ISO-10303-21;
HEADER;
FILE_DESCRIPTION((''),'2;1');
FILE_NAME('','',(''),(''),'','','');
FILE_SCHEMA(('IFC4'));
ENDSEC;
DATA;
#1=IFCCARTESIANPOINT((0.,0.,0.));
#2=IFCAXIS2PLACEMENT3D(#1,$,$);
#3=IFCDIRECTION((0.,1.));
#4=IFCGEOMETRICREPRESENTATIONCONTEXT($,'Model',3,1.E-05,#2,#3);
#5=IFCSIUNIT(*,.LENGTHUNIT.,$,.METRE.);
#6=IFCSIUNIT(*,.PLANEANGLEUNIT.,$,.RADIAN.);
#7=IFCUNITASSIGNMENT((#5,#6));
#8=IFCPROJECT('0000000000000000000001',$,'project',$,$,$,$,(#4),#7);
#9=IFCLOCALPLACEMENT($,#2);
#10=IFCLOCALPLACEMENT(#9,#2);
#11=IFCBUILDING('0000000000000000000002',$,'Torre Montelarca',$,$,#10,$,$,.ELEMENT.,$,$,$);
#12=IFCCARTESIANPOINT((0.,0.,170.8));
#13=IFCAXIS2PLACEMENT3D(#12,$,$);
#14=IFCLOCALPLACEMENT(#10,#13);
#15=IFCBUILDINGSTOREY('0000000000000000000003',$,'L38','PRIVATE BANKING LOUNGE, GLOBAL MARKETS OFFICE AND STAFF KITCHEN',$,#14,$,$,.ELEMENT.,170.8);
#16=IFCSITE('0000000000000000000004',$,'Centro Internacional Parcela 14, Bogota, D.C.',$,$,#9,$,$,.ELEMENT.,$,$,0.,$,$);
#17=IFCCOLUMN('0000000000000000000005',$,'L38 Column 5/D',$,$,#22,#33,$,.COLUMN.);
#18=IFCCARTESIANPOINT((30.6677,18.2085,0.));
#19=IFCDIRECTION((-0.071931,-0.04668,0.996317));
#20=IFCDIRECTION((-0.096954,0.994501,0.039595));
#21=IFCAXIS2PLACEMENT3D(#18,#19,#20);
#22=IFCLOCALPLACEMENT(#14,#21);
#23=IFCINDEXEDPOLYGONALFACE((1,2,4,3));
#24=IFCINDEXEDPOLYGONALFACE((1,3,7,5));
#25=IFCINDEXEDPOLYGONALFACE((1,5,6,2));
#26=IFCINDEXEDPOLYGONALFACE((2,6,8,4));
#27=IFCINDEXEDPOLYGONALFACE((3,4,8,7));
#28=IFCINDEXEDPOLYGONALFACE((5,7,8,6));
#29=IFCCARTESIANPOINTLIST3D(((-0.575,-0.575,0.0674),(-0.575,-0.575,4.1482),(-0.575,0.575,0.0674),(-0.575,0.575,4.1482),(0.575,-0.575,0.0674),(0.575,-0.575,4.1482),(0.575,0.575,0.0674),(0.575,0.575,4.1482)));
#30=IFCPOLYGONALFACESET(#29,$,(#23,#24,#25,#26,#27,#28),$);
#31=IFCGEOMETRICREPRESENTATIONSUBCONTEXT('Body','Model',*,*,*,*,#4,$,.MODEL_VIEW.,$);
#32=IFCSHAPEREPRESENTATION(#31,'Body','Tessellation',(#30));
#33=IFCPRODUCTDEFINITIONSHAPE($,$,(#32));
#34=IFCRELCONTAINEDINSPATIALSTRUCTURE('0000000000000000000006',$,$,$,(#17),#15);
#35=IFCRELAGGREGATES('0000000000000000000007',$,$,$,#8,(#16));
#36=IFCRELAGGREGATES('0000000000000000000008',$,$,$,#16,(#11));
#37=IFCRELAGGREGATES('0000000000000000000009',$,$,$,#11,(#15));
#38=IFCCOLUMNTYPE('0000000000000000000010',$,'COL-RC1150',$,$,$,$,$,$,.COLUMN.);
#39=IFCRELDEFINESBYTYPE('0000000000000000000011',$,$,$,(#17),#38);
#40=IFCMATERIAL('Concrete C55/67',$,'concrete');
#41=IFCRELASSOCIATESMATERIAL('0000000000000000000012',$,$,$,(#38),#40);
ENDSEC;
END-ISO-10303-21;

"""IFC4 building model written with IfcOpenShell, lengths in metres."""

from ifc_helpers import new_model, si_unit, direction, frame, origin, origin_2d, place, context, subcontext, project, spatial, rectangle, extrude, clip, halfspace, material, material_profile, profile_set, type_object, element, save


model = new_model("IFC4")

# Units and contexts
model_context = context("Model", 3, precision=1e-05, world=origin(), true_north=direction((0.0, 1.0)))
body_context = subcontext(model_context, "Body", "Model", "MODEL_VIEW")
ifc_project = project(units=[si_unit("LENGTHUNIT", "METRE"), si_unit("PLANEANGLEUNIT", "RADIAN")], contexts=[model_context])

# Site, building, storey
site_placement = place(None, origin())
site = spatial("IfcSite", under=ifc_project, at=site_placement, Name="Centro Internacional Parcela 14, Bogota, D.C.", CompositionType="ELEMENT", RefElevation=0.0)
building_placement = place(site_placement, origin())
building = spatial("IfcBuilding", under=site, at=building_placement, Name="Torre Montelarca", CompositionType="ELEMENT")
storey_placement = place(building_placement, frame((0.0, 0.0, 170.8)))
storey = spatial("IfcBuildingStorey", under=building, at=storey_placement, Name="L38", Description="PRIVATE BANKING LOUNGE, GLOBAL MARKETS OFFICE AND STAFF KITCHEN", CompositionType="ELEMENT", Elevation=170.8)

# Column
ifc_material_1 = material(Name="Concrete C55/67", Category="concrete")
ifc_material_profile_1 = material_profile(ifc_material_1, rectangle(XDim=1.1499, YDim=1.1499, at=origin_2d()), Name="RC1150X1150", Category="concrete")
ifc_profile_set_1 = profile_set([ifc_material_profile_1], Name="Concrete C55/67")
column_type = type_object("IfcColumnType", Name="COL-RC1150", PredefinedType="COLUMN", material=ifc_profile_set_1)
column_1_placement = place(storey_placement, frame((30.6677, 18.2085, 0.0), z_axis=(-0.071931, -0.04668, 0.996317), x_axis=(-0.096954, 0.994501, 0.039595)))
element("IfcColumn", 1, at=column_1_placement, inside=storey, type_object=column_type, Name="L38 Column 5/D", PredefinedType="COLUMN", context=body_context, shape_type="Clipping", body=[
    clip(clip(extrude(rectangle(XDim=1.1499, YDim=1.1499, at=origin_2d()), origin(), (0.0, 0.0, 1.0), 4.2156), halfspace(frame((0.0, 0.0, 0.0674), z_axis=(0.0, 0.0, -1.0), x_axis=(1.0, 0.0, 0.0)), False)), halfspace(frame((0.0, 0.0, 4.1482), z_axis=(0.0, 0.0, 1.0), x_axis=(1.0, 0.0, 0.0)), False)),
])

save(model, "model.ifc")
